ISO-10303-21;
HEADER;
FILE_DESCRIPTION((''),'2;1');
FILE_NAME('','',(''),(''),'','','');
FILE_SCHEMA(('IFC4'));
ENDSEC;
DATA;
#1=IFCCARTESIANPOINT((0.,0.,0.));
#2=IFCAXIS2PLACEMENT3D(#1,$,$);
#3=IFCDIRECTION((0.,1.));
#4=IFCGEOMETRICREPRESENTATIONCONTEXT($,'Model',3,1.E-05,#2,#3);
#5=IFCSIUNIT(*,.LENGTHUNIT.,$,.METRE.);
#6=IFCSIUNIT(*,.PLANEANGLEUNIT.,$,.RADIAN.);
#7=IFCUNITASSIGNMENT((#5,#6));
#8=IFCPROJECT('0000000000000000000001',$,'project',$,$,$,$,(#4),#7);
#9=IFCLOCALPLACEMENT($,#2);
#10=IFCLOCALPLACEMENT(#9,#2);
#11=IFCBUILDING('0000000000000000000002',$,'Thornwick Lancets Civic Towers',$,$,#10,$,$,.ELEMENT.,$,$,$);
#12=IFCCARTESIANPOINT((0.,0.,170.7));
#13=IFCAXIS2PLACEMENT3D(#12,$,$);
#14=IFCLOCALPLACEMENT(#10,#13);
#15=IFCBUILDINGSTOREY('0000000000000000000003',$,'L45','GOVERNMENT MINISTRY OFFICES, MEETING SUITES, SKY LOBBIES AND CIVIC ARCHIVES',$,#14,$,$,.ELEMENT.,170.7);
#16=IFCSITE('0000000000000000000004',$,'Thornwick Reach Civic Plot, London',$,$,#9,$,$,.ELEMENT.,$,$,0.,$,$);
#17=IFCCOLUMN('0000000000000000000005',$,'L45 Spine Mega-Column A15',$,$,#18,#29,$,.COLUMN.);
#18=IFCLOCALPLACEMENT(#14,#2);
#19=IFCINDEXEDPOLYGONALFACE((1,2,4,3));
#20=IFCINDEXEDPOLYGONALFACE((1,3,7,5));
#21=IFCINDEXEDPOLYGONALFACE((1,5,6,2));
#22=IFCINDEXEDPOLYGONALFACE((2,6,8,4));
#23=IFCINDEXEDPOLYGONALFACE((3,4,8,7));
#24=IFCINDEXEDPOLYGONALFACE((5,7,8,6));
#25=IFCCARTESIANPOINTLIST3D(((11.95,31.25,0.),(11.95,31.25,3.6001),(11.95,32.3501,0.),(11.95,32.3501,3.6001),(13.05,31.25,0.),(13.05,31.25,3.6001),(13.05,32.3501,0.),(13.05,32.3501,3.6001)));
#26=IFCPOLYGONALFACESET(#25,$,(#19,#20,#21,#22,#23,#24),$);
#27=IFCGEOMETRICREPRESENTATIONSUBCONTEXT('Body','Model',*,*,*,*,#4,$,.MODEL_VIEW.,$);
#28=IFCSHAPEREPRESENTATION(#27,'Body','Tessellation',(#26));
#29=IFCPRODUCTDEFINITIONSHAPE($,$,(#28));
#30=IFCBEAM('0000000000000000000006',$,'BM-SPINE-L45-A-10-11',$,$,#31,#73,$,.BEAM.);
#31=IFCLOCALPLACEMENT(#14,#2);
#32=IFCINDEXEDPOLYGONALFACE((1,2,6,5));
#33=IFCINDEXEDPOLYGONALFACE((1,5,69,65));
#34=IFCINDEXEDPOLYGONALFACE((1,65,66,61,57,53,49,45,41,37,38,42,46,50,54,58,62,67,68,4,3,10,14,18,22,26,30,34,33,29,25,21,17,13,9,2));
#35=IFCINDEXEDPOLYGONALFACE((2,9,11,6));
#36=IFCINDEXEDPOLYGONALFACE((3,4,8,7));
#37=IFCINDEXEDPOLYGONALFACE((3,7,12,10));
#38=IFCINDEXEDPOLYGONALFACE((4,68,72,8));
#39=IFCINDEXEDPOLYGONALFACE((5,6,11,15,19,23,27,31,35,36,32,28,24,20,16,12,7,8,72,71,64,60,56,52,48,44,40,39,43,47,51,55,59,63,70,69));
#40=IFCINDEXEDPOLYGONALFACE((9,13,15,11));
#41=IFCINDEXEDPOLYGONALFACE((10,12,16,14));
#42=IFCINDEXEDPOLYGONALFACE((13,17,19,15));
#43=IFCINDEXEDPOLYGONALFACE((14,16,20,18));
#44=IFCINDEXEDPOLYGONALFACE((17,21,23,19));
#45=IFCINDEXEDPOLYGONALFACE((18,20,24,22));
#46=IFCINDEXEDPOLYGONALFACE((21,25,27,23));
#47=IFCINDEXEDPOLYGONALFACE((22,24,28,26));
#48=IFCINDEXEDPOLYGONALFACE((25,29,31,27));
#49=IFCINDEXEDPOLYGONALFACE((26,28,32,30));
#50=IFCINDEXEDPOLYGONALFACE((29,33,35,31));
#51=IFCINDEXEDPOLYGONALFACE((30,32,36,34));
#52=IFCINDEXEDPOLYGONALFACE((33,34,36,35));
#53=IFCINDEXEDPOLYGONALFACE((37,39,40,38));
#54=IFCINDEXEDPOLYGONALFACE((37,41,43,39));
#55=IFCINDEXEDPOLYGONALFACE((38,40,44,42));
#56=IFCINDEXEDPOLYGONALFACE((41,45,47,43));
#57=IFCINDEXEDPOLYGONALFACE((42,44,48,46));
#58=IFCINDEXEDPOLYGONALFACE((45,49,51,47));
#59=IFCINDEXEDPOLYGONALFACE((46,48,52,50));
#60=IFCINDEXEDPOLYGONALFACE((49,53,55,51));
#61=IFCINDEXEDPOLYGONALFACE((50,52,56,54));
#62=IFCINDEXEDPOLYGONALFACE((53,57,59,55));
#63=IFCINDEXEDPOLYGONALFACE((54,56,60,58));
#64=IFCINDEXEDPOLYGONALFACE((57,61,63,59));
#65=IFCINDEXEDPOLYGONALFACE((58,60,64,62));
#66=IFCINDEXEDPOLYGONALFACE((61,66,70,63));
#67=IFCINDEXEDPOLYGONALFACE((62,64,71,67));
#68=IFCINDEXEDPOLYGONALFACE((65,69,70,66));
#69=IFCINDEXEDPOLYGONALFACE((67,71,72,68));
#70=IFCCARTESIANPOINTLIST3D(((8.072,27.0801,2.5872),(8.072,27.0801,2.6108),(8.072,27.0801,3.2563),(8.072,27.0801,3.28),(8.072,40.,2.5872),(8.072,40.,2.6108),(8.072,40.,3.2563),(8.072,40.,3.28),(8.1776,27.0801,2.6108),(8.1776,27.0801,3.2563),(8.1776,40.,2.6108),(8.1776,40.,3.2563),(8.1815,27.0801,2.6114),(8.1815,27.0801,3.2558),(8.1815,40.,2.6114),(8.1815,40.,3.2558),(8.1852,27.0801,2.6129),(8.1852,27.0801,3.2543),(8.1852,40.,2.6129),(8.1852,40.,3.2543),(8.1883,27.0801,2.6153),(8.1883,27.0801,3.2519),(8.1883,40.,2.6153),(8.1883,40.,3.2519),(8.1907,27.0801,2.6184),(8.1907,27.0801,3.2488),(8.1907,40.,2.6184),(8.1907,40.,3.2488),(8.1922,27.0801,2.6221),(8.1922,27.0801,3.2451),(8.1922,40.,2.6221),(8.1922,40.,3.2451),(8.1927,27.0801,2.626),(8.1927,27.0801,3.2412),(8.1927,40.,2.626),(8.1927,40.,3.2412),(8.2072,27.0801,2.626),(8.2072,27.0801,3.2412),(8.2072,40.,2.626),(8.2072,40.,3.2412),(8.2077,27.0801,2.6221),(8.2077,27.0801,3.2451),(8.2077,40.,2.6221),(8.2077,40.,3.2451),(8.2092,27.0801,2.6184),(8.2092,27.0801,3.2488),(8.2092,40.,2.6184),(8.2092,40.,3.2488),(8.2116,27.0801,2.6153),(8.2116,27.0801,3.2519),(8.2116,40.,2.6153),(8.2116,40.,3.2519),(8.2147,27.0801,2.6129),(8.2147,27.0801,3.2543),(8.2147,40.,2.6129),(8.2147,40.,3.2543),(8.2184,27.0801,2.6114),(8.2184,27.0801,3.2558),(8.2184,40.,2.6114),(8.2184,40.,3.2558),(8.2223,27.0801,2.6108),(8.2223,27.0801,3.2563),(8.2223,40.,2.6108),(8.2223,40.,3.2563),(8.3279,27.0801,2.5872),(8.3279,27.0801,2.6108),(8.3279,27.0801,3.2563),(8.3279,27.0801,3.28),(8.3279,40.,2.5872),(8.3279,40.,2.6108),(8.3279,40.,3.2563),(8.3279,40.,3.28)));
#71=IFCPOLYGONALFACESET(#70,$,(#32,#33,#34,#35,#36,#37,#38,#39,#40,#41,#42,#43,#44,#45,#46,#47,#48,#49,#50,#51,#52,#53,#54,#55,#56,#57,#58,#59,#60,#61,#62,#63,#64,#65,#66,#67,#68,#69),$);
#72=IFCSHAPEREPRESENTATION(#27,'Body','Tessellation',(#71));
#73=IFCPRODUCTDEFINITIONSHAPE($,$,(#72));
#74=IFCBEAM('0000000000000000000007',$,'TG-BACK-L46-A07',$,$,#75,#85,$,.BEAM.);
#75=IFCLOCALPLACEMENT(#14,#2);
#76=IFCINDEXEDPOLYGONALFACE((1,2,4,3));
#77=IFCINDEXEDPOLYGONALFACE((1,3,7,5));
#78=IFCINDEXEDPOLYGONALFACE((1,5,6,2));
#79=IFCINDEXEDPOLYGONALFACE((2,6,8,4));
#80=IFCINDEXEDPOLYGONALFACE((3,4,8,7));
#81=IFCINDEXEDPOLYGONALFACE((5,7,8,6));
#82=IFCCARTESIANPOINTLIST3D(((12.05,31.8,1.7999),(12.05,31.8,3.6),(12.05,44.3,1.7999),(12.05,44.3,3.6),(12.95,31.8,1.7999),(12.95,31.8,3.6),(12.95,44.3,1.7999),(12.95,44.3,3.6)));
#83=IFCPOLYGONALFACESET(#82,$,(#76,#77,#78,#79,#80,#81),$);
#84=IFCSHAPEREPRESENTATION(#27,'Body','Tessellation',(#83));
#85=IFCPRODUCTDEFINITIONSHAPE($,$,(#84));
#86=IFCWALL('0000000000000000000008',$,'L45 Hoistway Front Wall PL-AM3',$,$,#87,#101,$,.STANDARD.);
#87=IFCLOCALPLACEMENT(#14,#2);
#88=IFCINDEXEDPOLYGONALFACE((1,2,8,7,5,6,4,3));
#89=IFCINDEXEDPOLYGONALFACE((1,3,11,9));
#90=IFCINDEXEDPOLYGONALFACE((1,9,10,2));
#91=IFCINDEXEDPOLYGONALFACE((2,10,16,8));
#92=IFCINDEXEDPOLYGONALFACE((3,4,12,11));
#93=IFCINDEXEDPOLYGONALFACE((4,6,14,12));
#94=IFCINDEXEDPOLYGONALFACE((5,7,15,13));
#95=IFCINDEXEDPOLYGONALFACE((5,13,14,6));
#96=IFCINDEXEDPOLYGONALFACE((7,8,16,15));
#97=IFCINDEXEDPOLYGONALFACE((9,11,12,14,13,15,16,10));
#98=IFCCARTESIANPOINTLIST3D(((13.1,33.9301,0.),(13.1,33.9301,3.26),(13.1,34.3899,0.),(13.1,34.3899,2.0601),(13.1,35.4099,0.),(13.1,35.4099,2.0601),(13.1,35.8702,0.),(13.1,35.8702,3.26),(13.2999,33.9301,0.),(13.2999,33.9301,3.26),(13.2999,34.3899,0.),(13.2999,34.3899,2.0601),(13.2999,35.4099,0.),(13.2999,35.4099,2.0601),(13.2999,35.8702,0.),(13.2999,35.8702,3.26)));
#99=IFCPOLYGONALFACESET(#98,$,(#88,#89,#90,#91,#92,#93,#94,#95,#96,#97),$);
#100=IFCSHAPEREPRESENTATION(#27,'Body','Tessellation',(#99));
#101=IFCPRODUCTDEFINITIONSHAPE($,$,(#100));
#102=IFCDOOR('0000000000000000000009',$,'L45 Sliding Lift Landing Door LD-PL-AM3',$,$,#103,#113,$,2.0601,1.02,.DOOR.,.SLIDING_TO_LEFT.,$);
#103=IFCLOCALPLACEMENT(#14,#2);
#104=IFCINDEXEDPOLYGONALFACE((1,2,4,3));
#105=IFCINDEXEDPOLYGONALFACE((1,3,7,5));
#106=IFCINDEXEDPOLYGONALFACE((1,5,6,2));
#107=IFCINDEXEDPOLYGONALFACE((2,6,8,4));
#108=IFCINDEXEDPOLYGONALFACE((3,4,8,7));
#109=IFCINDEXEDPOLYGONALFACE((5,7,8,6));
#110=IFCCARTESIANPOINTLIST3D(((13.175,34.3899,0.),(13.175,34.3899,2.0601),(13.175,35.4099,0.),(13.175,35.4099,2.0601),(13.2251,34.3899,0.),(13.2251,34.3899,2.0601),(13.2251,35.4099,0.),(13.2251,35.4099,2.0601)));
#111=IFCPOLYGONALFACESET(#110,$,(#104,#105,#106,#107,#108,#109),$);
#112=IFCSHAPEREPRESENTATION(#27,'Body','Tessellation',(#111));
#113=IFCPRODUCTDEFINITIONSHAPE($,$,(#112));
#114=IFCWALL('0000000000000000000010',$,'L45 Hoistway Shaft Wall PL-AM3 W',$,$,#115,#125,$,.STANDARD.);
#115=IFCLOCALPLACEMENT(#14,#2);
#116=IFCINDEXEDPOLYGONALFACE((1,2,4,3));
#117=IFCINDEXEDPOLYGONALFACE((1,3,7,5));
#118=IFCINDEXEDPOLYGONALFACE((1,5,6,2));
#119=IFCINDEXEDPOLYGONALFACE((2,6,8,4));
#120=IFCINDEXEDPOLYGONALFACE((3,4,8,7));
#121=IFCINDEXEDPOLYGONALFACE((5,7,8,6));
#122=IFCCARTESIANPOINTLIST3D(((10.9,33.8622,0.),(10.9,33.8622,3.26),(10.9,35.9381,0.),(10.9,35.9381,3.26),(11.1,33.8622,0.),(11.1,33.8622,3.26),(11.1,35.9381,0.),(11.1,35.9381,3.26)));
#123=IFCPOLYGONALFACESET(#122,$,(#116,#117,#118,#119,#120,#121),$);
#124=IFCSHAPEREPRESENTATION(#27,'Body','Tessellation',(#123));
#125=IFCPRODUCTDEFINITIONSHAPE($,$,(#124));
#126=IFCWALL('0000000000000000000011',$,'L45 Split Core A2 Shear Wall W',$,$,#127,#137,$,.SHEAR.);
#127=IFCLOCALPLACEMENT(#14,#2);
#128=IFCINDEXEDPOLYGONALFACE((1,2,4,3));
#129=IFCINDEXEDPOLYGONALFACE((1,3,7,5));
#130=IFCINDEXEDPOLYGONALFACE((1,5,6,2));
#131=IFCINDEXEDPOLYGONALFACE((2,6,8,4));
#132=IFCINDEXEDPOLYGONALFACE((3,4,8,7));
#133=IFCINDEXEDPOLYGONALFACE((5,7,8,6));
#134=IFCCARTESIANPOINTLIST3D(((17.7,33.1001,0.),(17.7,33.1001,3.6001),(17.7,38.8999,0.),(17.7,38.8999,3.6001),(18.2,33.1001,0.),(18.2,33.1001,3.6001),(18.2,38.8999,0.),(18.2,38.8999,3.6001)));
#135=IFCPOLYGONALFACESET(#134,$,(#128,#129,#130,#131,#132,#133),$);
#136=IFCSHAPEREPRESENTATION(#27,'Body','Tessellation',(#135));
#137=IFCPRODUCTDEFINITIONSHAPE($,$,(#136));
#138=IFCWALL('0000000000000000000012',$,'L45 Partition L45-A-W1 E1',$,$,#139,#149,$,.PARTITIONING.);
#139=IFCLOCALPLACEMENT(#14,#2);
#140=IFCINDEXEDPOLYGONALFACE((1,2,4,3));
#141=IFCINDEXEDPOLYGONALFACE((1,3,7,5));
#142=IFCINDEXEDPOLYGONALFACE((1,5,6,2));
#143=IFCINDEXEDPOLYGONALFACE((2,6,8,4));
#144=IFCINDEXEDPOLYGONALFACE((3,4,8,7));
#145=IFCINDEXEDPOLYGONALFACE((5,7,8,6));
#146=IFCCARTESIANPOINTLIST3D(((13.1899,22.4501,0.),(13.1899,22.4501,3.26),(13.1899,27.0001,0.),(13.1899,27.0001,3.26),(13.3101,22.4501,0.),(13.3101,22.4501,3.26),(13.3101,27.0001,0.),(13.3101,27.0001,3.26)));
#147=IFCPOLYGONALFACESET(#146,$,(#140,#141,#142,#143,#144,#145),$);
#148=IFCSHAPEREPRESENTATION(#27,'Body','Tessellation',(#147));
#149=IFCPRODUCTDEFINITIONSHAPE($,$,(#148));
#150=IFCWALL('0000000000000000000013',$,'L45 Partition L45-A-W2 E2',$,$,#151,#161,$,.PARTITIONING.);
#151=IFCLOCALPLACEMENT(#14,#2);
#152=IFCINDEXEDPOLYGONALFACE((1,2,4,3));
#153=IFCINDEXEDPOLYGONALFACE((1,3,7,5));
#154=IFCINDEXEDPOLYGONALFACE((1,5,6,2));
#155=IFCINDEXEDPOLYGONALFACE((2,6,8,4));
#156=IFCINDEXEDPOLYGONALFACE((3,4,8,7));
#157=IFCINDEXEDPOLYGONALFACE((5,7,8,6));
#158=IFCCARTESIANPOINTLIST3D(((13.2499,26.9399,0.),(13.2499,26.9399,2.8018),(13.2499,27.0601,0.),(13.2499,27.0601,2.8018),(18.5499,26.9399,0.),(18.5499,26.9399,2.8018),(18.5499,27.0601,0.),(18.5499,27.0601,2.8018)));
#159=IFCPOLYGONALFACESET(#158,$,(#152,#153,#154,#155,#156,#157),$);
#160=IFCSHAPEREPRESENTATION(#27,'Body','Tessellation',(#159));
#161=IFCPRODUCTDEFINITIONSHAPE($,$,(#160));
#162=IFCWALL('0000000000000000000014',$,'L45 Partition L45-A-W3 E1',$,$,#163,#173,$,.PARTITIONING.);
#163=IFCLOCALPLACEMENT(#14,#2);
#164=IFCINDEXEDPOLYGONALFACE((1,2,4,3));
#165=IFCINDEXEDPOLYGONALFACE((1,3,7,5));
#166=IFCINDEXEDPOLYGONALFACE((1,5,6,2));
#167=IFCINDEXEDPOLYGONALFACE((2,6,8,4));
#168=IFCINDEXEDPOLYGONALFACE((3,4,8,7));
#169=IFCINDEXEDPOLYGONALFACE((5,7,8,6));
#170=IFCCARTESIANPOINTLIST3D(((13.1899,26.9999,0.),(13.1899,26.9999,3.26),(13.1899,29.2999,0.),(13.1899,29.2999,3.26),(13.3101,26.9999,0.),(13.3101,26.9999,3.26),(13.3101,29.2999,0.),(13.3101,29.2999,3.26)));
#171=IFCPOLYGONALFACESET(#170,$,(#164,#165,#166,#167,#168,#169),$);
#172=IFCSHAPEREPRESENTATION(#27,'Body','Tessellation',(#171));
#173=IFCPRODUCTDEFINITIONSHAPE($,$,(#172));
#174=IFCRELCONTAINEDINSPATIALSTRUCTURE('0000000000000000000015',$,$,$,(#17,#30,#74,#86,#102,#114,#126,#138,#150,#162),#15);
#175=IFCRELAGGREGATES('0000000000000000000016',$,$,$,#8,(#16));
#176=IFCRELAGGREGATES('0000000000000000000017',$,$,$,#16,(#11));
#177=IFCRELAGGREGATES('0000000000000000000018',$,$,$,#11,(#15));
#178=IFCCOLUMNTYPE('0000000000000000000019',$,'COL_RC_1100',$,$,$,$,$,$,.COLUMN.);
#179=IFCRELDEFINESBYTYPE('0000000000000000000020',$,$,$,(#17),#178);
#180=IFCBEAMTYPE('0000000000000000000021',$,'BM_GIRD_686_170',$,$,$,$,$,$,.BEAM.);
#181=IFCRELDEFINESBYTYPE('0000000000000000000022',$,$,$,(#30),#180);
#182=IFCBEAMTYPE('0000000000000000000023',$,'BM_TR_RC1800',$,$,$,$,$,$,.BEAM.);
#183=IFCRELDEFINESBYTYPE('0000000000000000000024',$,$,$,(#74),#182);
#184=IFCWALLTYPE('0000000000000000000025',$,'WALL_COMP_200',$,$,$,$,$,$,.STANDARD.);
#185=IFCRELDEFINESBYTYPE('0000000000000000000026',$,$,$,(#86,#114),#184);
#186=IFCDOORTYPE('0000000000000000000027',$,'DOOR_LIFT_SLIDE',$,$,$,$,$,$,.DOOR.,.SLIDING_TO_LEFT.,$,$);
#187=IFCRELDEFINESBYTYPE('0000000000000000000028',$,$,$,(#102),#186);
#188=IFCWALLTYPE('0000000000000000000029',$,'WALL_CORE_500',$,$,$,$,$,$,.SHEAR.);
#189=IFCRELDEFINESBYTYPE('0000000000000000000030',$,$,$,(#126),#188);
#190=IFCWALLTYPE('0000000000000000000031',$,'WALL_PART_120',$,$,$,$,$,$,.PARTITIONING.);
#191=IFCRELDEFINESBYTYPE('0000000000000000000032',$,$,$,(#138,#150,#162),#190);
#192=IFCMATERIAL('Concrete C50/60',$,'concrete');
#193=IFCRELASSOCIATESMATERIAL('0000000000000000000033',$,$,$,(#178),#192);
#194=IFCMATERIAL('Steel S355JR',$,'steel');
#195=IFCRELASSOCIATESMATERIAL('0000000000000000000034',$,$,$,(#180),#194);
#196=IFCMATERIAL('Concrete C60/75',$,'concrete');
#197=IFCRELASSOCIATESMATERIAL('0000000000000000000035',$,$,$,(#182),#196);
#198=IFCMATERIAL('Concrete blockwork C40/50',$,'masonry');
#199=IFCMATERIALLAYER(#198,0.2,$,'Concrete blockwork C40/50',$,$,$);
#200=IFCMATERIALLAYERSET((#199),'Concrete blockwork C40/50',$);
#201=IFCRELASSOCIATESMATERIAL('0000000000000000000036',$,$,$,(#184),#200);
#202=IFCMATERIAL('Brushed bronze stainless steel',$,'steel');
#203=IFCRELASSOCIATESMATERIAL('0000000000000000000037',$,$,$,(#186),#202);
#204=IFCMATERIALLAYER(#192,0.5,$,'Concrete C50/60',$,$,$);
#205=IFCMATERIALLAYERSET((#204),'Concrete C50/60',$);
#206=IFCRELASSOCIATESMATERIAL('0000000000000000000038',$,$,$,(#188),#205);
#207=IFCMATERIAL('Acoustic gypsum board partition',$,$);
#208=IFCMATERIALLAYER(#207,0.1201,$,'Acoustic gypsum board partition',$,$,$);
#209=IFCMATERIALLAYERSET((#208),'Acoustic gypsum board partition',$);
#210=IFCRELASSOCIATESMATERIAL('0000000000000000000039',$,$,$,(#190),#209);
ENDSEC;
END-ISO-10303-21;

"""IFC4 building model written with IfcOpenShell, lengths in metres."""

from ifc_helpers import new_model, si_unit, direction, frame, frame_2d, origin, origin_2d, place, context, subcontext, project, spatial, rectangle, i_section, extrude, material, layer, layer_set, material_profile, profile_set, type_object, element, fill, save


model = new_model("IFC4")

# Units and contexts
model_context = context("Model", 3, precision=1e-05, world=origin(), true_north=direction((0.0, 1.0)))
body_context = subcontext(model_context, "Body", "Model", "MODEL_VIEW")
ifc_project = project(units=[si_unit("LENGTHUNIT", "METRE"), si_unit("PLANEANGLEUNIT", "RADIAN")], contexts=[model_context])

# Site, building, storey
site_placement = place(None, origin())
site = spatial("IfcSite", under=ifc_project, at=site_placement, Name="Thornwick Reach Civic Plot, London", CompositionType="ELEMENT", RefElevation=0.0)
building_placement = place(site_placement, origin())
building = spatial("IfcBuilding", under=site, at=building_placement, Name="Thornwick Lancets Civic Towers", CompositionType="ELEMENT")
storey_placement = place(building_placement, frame((0.0, 0.0, 170.7)))
storey = spatial("IfcBuildingStorey", under=building, at=storey_placement, Name="L45", Description="GOVERNMENT MINISTRY OFFICES, MEETING SUITES, SKY LOBBIES AND CIVIC ARCHIVES", CompositionType="ELEMENT", Elevation=170.7)

# Column
ifc_material_1 = material(Name="Concrete C50/60", Category="concrete")
ifc_material_profile_1 = material_profile(ifc_material_1, rectangle(XDim=1.1001, YDim=1.1001, at=origin_2d()), Name="RC 1100x1100")
ifc_profile_set_1 = profile_set([ifc_material_profile_1], Name="Concrete C50/60")
column_type = type_object("IfcColumnType", Name="COL_RC_1100", PredefinedType="COLUMN", material=ifc_profile_set_1)
column_placement = place(storey_placement, frame((12.5, 31.8, 0.0), z_axis=(0.0, 0.0, 1.0), x_axis=(1.0, 0.0, 0.0)))
element("IfcColumn", 1, at=column_placement, inside=storey, type_object=column_type, Name="L45 Spine Mega-Column A15", PredefinedType="COLUMN", context=body_context, shape_type="SweptSolid", body=[
    extrude(rectangle(XDim=1.1001, YDim=1.1001, at=origin_2d()), origin(), (0.0, 0.0, 1.0), 3.6001),
])

# Beams
ifc_material_2 = material(Name="Steel S355JR", Category="steel")
ifc_material_profile_2 = material_profile(ifc_material_2, i_section(OverallWidth=0.2559, OverallDepth=0.6929, WebThickness=0.0144, FlangeThickness=0.0237, FilletRadius=0.0151, at=origin_2d()), Name="UKB 686x254x170")
ifc_profile_set_2 = profile_set([ifc_material_profile_2], Name="Steel S355JR")
beam_type_1 = type_object("IfcBeamType", Name="BM_GIRD_686_170", PredefinedType="BEAM", material=ifc_profile_set_2)
beam_1_placement = place(storey_placement, frame((8.2, 27.0801, 2.9336), z_axis=(0.0, 1.0, 0.0), x_axis=(-1.0, 0.0, 0.0)))
element("IfcBeam", 2, at=beam_1_placement, inside=storey, type_object=beam_type_1, Name="BM-SPINE-L45-A-10-11", PredefinedType="BEAM", context=body_context, shape_type="SweptSolid", body=[
    extrude(i_section(OverallWidth=0.2559, OverallDepth=0.6929, WebThickness=0.0144, FlangeThickness=0.0237, FilletRadius=0.0151, at=origin_2d()), origin(), (0.0, 0.0, 1.0), 12.9199),
])
ifc_material_3 = material(Name="Concrete C60/75", Category="concrete")
ifc_material_profile_3 = material_profile(ifc_material_3, rectangle(XDim=0.8999, YDim=1.8, at=origin_2d()), Name="RC 900x1800")
ifc_profile_set_3 = profile_set([ifc_material_profile_3], Name="Concrete C60/75")
beam_type_2 = type_object("IfcBeamType", Name="BM_TR_RC1800", PredefinedType="BEAM", material=ifc_profile_set_3)
beam_2_placement = place(storey_placement, frame((12.5, 31.8, 2.7), z_axis=(0.0, 1.0, 0.0), x_axis=(-1.0, 0.0, 0.0)))
element("IfcBeam", 3, at=beam_2_placement, inside=storey, type_object=beam_type_2, Name="TG-BACK-L46-A07", PredefinedType="BEAM", context=body_context, shape_type="SweptSolid", body=[
    extrude(rectangle(XDim=0.8999, YDim=1.8, at=origin_2d()), origin(), (0.0, 0.0, 1.0), 12.5),
])

# Wall, opening, door
ifc_material_4 = material(Name="Concrete blockwork C40/50", Category="masonry")
ifc_layer_1 = layer(ifc_material_4, 0.2, Name="Concrete blockwork C40/50")
ifc_layer_set_1 = layer_set([ifc_layer_1], Name="Concrete blockwork C40/50")
wall_type_1 = type_object("IfcWallType", Name="WALL_COMP_200", PredefinedType="STANDARD", material=ifc_layer_set_1)
wall_1_placement = place(storey_placement, frame((13.2, 33.9299, 0.0), z_axis=(0.0, 0.0, 1.0), x_axis=(0.0, 1.0, 0.0)))
wall_1 = element("IfcWall", 4, at=wall_1_placement, inside=storey, type_object=wall_type_1, Name="L45 Hoistway Front Wall PL-AM3", PredefinedType="STANDARD", context=body_context, shape_type="SweptSolid", body=[
    extrude(rectangle(XDim=1.9402, YDim=0.2, at=frame_2d((0.9702, 0.0))), origin(), (0.0, 0.0, 1.0), 3.26),
])
opening_1_placement = place(wall_1_placement, frame((0.46, 0.0, 0.0)))
opening_1 = element("IfcOpeningElement", 5, at=opening_1_placement, cuts=wall_1, PredefinedType="OPENING", context=body_context, shape_type="SweptSolid", body=[
    extrude(rectangle(XDim=1.02, YDim=2.0601, at=frame_2d((0.51, 1.03))), frame((0.0, 0.1099, 0.0), z_axis=(0.0, -1.0, 0.0), x_axis=(1.0, 0.0, 0.0)), (0.0, 0.0, 1.0), 0.22),
])
ifc_material_5 = material(Name="Brushed bronze stainless steel", Category="steel")
door_type_1 = type_object("IfcDoorType", Name="DOOR_LIFT_SLIDE", OperationType="SLIDING_TO_LEFT", PredefinedType="DOOR", material=ifc_material_5)
door_1_placement = place(opening_1_placement, origin())
door_1 = element("IfcDoor", 6, at=door_1_placement, inside=storey, type_object=door_type_1, Name="L45 Sliding Lift Landing Door LD-PL-AM3", OperationType="SLIDING_TO_LEFT", OverallHeight=2.0601, OverallWidth=1.02, PredefinedType="DOOR", context=body_context, shape_type="SweptSolid", body=[
    extrude(rectangle(XDim=1.02, YDim=2.0601, at=frame_2d((0.51, 1.03))), frame((0.0, 0.0249, 0.0), z_axis=(0.0, -1.0, 0.0), x_axis=(1.0, 0.0, 0.0)), (0.0, 0.0, 1.0), 0.05),
])
fill(opening_1, door_1)

# Walls
wall_2_placement = place(storey_placement, frame((11.0, 33.8621, 0.0), z_axis=(0.0, 0.0, 1.0), x_axis=(0.0, 1.0, 0.0)))
element("IfcWall", 7, at=wall_2_placement, inside=storey, type_object=wall_type_1, Name="L45 Hoistway Shaft Wall PL-AM3 W", PredefinedType="STANDARD", context=body_context, shape_type="SweptSolid", body=[
    extrude(rectangle(XDim=2.0759, YDim=0.2, at=frame_2d((1.0381, 0.0))), origin(), (0.0, 0.0, 1.0), 3.26),
])
ifc_layer_2 = layer(ifc_material_1, 0.5, Name="Concrete C50/60")
ifc_layer_set_2 = layer_set([ifc_layer_2], Name="Concrete C50/60")
wall_type_2 = type_object("IfcWallType", Name="WALL_CORE_500", PredefinedType="SHEAR", material=ifc_layer_set_2)
wall_3_placement = place(storey_placement, frame((17.95, 33.1001, 0.0), z_axis=(0.0, 0.0, 1.0), x_axis=(0.0, 1.0, 0.0)))
element("IfcWall", 8, at=wall_3_placement, inside=storey, type_object=wall_type_2, Name="L45 Split Core A2 Shear Wall W", PredefinedType="SHEAR", context=body_context, shape_type="SweptSolid", body=[
    extrude(rectangle(XDim=5.7998, YDim=0.5, at=frame_2d((2.8999, 0.0))), origin(), (0.0, 0.0, 1.0), 3.6001),
])
ifc_material_6 = material(Name="Acoustic gypsum board partition")
ifc_layer_3 = layer(ifc_material_6, 0.1201, Name="Acoustic gypsum board partition")
ifc_layer_set_3 = layer_set([ifc_layer_3], Name="Acoustic gypsum board partition")
wall_type_3 = type_object("IfcWallType", Name="WALL_PART_120", PredefinedType="PARTITIONING", material=ifc_layer_set_3)
wall_4_placement = place(storey_placement, frame((13.25, 27.0, 0.0), z_axis=(0.0, 0.0, 1.0), x_axis=(0.0, -1.0, 0.0)))
element("IfcWall", 9, at=wall_4_placement, inside=storey, type_object=wall_type_3, Name="L45 Partition L45-A-W1 E1", PredefinedType="PARTITIONING", context=body_context, shape_type="SweptSolid", body=[
    extrude(rectangle(XDim=4.55, YDim=0.1201, at=frame_2d((2.2749, 0.0))), origin(), (0.0, 0.0, 1.0), 3.26),
])
wall_5_placement = place(storey_placement, frame((13.25, 27.0, 0.0), z_axis=(0.0, 0.0, 1.0), x_axis=(1.0, 0.0, 0.0)))
element("IfcWall", 10, at=wall_5_placement, inside=storey, type_object=wall_type_3, Name="L45 Partition L45-A-W2 E2", PredefinedType="PARTITIONING", context=body_context, shape_type="SweptSolid", body=[
    extrude(rectangle(XDim=5.3, YDim=0.1201, at=frame_2d((2.6499, 0.0))), origin(), (0.0, 0.0, 1.0), 2.8018),
])
wall_6_placement = place(storey_placement, frame((13.25, 27.0, 0.0), z_axis=(0.0, 0.0, 1.0), x_axis=(0.0, 1.0, 0.0)))
element("IfcWall", 11, at=wall_6_placement, inside=storey, type_object=wall_type_3, Name="L45 Partition L45-A-W3 E1", PredefinedType="PARTITIONING", context=body_context, shape_type="SweptSolid", body=[
    extrude(rectangle(XDim=2.3, YDim=0.1201, at=frame_2d((1.1499, 0.0))), origin(), (0.0, 0.0, 1.0), 3.26),
])

save(model, "model.ifc")
